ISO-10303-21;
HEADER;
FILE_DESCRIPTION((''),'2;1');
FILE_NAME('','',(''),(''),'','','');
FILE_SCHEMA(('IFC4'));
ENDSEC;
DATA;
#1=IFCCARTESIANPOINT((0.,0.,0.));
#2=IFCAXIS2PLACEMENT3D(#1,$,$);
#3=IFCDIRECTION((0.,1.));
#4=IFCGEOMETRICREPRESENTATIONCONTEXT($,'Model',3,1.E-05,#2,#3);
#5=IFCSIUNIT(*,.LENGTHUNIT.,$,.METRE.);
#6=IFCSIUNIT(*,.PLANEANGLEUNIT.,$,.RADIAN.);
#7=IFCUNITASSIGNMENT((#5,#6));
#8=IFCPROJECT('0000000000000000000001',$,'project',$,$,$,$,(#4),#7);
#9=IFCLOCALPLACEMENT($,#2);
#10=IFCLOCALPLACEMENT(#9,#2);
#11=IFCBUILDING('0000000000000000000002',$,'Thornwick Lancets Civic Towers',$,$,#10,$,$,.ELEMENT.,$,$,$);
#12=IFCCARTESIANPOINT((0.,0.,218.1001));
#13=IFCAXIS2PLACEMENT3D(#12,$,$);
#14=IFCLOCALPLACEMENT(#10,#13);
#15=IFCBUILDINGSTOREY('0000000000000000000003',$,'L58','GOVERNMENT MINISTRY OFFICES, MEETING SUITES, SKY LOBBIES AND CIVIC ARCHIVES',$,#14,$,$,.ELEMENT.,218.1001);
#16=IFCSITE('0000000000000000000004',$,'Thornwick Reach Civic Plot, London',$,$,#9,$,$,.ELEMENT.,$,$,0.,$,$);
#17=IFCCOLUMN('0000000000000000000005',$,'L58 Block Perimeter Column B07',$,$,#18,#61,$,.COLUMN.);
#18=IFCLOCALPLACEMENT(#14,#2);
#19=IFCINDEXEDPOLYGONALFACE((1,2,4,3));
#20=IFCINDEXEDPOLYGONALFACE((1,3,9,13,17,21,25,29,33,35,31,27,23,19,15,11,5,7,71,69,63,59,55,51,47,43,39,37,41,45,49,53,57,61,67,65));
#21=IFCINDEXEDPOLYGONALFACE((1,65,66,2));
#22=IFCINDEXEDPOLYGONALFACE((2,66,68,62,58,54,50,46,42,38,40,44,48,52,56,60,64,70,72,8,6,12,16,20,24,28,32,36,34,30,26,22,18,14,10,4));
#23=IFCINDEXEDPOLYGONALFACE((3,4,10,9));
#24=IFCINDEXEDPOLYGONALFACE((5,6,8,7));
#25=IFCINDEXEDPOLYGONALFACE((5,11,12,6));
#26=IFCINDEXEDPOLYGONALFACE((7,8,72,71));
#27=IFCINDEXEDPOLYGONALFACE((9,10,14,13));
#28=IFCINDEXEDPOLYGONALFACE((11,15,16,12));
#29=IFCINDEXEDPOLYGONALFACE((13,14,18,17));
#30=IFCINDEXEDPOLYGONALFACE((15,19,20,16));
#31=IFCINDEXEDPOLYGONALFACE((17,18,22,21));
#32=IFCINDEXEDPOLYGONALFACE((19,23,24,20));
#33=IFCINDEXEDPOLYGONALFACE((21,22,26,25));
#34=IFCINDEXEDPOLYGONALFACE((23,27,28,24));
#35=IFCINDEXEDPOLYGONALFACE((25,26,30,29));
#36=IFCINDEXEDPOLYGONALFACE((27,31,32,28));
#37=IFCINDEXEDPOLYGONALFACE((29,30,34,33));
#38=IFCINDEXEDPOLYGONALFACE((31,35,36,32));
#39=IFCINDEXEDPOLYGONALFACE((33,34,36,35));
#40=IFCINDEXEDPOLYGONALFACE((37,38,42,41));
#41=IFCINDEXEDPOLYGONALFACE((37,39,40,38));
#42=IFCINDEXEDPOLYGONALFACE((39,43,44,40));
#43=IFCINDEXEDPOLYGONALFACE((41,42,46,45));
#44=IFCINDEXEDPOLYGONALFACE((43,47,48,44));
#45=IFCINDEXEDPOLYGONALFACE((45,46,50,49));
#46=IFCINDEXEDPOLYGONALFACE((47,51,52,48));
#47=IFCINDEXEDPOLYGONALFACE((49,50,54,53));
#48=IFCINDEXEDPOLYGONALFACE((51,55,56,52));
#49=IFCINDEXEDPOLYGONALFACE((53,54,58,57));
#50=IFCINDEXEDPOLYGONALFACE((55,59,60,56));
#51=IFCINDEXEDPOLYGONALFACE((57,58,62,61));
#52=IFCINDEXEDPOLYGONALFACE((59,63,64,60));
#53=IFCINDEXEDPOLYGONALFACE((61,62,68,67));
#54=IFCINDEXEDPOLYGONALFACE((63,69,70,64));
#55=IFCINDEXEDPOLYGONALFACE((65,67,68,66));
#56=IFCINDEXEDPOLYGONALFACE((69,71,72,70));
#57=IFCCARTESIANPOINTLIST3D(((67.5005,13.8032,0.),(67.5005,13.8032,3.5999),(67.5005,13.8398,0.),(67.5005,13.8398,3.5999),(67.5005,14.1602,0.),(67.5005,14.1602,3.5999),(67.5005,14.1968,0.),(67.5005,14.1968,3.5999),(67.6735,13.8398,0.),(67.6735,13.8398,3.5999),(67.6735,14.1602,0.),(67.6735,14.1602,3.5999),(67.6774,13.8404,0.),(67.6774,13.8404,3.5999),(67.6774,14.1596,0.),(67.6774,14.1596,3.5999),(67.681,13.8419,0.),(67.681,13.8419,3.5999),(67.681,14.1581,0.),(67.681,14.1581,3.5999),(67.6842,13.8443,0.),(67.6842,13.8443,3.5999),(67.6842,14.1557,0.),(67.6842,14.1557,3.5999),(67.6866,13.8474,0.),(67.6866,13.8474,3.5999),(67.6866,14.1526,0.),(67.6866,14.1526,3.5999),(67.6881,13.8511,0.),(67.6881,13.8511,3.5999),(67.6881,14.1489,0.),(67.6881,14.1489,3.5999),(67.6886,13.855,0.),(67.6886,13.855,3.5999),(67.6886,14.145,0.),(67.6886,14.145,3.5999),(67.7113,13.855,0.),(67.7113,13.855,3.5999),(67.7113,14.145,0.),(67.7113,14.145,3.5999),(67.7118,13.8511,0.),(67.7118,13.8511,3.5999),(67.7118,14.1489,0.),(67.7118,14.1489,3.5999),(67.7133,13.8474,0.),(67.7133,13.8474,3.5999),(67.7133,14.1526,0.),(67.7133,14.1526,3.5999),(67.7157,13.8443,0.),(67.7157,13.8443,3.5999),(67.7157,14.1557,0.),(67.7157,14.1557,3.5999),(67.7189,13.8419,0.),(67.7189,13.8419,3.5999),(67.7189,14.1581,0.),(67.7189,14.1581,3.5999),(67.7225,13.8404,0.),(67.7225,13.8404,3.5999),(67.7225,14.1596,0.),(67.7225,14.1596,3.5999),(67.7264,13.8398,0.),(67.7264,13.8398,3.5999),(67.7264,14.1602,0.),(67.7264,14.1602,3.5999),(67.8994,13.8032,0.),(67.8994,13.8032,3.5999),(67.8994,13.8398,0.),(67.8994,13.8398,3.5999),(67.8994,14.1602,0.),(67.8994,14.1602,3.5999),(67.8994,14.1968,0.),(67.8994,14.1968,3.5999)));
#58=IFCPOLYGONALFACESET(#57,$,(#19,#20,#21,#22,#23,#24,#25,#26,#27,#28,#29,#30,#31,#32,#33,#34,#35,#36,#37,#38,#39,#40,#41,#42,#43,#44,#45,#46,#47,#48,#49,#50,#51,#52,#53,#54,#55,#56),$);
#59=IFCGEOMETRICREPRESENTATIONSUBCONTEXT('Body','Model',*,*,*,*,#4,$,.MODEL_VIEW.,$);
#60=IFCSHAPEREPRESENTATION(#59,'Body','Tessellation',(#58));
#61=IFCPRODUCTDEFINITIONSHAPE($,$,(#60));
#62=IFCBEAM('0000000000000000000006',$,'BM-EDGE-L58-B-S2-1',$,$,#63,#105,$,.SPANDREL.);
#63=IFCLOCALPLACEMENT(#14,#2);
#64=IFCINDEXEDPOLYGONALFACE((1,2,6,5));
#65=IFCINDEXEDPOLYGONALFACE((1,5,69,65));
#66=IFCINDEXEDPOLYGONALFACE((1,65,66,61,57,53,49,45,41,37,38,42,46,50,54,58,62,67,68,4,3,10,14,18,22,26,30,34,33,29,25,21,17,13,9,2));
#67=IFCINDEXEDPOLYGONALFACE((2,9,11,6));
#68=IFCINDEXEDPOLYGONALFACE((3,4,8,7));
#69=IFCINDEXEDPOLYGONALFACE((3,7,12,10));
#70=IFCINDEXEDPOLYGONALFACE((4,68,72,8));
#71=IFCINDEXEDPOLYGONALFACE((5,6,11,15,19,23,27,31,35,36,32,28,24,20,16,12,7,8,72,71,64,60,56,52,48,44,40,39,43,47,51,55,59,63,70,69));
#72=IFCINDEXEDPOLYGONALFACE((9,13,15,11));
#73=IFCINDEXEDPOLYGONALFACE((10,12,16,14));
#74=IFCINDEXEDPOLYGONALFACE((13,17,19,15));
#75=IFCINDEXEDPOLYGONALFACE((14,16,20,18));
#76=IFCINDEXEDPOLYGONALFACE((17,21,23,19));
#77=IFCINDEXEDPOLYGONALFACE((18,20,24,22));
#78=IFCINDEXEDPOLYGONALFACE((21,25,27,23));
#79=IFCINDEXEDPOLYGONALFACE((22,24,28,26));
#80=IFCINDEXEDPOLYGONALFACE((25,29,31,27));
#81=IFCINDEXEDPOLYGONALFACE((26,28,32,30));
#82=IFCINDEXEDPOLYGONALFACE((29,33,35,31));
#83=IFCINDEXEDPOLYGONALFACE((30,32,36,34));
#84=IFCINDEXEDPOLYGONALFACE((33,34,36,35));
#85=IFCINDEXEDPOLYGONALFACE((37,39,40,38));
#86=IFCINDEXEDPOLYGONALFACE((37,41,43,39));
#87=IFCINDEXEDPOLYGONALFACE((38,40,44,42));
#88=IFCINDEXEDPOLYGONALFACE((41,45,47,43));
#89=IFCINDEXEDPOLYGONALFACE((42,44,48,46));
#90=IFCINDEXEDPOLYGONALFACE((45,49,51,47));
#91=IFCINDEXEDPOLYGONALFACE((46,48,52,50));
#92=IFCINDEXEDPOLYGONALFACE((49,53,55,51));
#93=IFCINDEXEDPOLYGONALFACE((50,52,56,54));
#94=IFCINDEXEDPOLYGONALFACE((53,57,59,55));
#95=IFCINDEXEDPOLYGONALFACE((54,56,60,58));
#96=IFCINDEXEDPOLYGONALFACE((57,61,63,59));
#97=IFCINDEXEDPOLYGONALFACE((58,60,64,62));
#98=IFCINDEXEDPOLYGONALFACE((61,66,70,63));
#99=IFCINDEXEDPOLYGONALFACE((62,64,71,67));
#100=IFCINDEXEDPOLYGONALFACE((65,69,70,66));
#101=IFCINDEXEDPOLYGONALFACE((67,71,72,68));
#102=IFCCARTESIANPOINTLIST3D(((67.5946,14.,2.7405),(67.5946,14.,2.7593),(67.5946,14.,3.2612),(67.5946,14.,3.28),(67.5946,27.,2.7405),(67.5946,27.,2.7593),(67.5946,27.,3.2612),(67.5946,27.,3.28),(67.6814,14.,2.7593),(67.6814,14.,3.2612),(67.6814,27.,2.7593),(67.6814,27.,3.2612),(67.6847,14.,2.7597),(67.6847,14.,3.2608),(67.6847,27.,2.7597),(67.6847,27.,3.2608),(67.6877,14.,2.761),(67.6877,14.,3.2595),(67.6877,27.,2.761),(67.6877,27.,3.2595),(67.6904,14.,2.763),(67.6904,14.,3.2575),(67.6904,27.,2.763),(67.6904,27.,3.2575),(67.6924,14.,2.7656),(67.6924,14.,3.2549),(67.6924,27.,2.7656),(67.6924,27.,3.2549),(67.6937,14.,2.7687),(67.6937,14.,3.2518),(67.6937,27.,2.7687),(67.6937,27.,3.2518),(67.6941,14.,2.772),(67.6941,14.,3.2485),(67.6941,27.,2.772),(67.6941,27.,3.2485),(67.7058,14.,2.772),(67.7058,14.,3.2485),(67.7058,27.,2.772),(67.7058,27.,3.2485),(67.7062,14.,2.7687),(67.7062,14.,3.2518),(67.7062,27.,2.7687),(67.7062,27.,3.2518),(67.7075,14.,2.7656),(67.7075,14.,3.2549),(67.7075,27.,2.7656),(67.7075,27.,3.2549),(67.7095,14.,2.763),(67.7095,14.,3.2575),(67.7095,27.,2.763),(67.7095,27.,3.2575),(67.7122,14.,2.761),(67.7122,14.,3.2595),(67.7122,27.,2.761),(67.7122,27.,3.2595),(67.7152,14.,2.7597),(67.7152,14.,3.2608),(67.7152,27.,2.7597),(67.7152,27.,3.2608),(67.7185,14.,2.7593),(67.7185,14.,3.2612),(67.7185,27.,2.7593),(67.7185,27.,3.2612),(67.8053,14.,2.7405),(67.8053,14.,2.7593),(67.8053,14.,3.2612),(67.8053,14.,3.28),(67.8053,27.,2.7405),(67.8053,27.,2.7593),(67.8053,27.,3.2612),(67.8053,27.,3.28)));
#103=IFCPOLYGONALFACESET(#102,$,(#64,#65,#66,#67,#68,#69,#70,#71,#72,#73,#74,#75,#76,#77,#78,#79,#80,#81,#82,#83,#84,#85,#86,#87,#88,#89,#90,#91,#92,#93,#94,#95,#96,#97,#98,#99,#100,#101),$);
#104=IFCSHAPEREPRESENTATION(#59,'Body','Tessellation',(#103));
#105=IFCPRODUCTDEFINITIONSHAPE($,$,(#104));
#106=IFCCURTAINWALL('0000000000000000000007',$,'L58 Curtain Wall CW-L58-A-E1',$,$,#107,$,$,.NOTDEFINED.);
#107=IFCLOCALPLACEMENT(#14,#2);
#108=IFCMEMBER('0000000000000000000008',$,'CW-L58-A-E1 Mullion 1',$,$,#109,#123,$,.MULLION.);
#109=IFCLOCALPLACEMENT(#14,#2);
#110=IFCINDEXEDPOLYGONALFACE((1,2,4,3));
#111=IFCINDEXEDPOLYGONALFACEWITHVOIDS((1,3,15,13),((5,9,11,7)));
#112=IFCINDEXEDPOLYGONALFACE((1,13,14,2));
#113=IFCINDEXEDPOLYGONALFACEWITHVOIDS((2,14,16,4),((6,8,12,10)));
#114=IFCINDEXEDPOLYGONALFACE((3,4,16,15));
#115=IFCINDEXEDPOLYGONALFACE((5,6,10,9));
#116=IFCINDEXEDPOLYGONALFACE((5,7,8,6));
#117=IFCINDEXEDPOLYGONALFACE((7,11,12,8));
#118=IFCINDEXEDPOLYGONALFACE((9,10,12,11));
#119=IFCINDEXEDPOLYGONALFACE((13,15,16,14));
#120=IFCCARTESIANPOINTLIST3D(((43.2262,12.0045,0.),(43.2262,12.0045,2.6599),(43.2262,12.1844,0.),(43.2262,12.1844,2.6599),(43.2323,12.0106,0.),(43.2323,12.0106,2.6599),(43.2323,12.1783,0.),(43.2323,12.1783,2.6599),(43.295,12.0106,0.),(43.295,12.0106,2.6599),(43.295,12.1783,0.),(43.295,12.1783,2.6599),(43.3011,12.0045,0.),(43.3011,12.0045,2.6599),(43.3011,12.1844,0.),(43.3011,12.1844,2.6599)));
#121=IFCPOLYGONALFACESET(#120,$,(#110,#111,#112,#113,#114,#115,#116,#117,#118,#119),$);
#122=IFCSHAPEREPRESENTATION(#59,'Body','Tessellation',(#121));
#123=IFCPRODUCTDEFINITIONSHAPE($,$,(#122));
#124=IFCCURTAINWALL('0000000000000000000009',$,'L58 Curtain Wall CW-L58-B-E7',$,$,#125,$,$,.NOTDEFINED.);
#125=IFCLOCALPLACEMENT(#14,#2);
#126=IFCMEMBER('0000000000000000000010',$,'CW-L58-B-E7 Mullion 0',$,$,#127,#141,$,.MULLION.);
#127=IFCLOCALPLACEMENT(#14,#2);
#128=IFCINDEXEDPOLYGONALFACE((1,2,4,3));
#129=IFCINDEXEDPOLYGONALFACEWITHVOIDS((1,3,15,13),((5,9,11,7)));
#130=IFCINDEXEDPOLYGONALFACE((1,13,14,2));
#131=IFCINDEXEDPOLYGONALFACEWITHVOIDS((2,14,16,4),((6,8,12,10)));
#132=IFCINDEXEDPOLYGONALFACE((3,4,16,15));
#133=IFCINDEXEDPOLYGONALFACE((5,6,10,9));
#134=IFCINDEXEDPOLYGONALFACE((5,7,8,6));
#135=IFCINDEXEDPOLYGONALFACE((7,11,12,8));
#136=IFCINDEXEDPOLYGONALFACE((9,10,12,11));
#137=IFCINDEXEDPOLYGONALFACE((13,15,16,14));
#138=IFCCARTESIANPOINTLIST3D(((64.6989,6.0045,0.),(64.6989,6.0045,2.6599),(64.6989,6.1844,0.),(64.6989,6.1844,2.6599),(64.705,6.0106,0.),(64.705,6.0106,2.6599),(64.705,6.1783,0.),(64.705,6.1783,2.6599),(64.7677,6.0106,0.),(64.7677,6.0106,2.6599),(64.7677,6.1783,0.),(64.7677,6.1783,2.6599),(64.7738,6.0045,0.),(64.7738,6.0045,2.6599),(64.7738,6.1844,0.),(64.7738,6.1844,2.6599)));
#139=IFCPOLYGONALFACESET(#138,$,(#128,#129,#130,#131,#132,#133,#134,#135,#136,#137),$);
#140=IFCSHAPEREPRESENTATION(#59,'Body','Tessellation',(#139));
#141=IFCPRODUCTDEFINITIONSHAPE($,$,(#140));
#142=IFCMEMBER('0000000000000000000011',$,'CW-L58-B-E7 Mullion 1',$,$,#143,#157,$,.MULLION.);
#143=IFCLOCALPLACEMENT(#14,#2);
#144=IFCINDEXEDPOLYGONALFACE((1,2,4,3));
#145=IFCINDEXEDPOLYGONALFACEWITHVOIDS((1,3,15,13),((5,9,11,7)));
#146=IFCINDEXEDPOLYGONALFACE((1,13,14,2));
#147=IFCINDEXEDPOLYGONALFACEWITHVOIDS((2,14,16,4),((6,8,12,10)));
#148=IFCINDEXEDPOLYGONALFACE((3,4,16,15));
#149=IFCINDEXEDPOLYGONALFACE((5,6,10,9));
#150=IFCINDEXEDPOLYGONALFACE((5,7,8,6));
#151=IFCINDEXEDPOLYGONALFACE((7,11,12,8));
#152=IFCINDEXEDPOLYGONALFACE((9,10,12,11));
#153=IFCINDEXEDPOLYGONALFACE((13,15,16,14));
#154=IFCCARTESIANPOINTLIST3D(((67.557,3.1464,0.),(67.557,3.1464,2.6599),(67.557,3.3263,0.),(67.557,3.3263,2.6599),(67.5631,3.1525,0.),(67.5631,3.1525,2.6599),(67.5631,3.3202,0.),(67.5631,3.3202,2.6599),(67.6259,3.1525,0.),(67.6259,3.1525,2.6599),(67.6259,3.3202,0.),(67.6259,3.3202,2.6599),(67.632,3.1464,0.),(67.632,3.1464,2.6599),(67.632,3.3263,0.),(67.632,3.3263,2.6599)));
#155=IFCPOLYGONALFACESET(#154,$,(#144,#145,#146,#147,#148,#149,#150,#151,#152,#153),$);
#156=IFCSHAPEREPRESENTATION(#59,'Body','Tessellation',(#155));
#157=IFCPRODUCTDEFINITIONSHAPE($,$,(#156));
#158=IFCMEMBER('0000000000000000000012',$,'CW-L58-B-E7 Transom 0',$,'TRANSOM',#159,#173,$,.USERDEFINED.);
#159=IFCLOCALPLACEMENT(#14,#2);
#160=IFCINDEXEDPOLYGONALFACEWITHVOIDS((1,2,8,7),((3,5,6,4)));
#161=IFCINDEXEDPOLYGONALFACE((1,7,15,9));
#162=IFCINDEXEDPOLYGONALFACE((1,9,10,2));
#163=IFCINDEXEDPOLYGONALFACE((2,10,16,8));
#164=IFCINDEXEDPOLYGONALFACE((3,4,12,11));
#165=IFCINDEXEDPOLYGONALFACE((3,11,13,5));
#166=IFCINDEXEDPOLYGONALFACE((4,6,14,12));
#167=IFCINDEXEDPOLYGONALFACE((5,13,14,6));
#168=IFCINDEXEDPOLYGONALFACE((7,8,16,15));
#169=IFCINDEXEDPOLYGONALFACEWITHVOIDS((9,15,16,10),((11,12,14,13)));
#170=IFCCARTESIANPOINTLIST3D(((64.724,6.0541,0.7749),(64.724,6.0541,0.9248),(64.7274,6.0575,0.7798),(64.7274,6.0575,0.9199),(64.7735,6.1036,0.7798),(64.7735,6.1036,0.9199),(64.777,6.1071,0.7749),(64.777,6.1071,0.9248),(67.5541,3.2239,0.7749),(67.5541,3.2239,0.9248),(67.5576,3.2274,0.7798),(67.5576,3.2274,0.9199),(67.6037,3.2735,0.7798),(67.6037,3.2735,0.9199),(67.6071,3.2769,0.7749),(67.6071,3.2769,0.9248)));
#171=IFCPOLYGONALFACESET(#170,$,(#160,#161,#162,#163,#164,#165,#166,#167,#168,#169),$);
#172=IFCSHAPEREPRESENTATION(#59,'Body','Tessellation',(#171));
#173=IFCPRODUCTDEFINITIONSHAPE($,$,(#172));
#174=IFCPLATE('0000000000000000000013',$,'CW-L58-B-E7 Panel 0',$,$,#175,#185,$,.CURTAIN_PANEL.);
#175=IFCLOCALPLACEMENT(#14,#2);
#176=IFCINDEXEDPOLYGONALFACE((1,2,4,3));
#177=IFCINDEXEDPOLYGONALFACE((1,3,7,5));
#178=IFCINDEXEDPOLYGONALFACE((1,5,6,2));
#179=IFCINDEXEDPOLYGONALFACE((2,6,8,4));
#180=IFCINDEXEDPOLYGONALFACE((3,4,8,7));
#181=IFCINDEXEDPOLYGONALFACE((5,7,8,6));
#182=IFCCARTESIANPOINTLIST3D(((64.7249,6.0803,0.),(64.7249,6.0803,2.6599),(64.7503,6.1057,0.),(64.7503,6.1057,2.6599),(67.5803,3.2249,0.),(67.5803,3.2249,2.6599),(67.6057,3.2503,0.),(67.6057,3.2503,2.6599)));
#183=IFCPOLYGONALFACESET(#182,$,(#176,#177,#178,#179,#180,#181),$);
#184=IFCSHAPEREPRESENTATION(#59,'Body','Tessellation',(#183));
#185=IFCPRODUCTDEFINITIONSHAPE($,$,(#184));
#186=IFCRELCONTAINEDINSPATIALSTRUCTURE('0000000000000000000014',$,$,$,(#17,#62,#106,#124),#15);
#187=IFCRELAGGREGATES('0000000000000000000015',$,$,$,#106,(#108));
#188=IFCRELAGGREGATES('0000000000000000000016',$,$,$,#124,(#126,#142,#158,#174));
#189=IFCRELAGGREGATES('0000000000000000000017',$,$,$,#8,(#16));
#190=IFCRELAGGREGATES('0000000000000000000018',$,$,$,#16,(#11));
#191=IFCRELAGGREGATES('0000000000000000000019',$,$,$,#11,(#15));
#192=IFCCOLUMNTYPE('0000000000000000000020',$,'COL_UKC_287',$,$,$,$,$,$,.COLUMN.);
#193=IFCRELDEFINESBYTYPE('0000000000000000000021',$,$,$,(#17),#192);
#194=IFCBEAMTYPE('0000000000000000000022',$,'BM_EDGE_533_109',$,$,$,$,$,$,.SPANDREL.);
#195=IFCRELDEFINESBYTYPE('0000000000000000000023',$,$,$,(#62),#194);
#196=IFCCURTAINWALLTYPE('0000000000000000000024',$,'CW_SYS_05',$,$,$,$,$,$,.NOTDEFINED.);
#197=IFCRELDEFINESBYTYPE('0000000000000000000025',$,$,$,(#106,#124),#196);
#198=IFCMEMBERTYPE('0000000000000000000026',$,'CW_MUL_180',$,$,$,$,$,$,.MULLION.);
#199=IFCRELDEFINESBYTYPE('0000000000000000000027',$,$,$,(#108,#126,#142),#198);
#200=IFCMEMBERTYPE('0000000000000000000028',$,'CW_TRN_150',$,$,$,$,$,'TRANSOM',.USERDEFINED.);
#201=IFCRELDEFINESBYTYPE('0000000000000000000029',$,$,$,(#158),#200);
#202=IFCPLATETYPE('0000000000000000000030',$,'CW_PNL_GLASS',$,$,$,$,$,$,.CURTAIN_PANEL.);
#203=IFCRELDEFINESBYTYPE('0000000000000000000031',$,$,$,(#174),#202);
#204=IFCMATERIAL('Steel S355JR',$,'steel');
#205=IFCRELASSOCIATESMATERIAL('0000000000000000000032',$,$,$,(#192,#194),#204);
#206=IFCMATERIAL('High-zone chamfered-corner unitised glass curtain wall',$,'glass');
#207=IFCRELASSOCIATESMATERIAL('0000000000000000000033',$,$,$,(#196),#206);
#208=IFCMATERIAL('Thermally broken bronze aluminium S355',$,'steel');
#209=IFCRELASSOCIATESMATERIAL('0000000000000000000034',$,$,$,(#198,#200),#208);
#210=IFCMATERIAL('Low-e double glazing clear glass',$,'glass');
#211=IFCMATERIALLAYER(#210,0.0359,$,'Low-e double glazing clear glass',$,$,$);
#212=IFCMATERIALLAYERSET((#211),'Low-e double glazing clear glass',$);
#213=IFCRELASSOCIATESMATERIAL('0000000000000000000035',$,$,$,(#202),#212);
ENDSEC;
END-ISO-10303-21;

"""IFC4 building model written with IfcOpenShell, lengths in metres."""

from ifc_helpers import new_model, si_unit, direction, frame, origin, origin_2d, place, context, subcontext, project, spatial, rectangle, hollow_rectangle, i_section, extrude, material, layer, layer_set, material_profile, profile_set, type_object, element, aggregate, save


model = new_model("IFC4")

# Units and contexts
model_context = context("Model", 3, precision=1e-05, world=origin(), true_north=direction((0.0, 1.0)))
body_context = subcontext(model_context, "Body", "Model", "MODEL_VIEW")
ifc_project = project(units=[si_unit("LENGTHUNIT", "METRE"), si_unit("PLANEANGLEUNIT", "RADIAN")], contexts=[model_context])

# Site, building, storey
site_placement = place(None, origin())
site = spatial("IfcSite", under=ifc_project, at=site_placement, Name="Thornwick Reach Civic Plot, London", CompositionType="ELEMENT", RefElevation=0.0)
building_placement = place(site_placement, origin())
building = spatial("IfcBuilding", under=site, at=building_placement, Name="Thornwick Lancets Civic Towers", CompositionType="ELEMENT")
storey_placement = place(building_placement, frame((0.0, 0.0, 218.1001)))
storey = spatial("IfcBuildingStorey", under=building, at=storey_placement, Name="L58", Description="GOVERNMENT MINISTRY OFFICES, MEETING SUITES, SKY LOBBIES AND CIVIC ARCHIVES", CompositionType="ELEMENT", Elevation=218.1001)

# Column
ifc_material_1 = material(Name="Steel S355JR", Category="steel")
ifc_material_profile_1 = material_profile(ifc_material_1, i_section(OverallWidth=0.3989, OverallDepth=0.3936, WebThickness=0.0227, FlangeThickness=0.0366, FilletRadius=0.0151, at=origin_2d()), Name="UKC 356x406x287")
ifc_profile_set_1 = profile_set([ifc_material_profile_1], Name="Steel S355JR")
column_type = type_object("IfcColumnType", Name="COL_UKC_287", PredefinedType="COLUMN", material=ifc_profile_set_1)
column_placement = place(storey_placement, frame((67.7, 14.0, 0.0), z_axis=(0.0, 0.0, 1.0), x_axis=(1.0, 0.0, 0.0)))
element("IfcColumn", 1, at=column_placement, inside=storey, type_object=column_type, Name="L58 Block Perimeter Column B07", PredefinedType="COLUMN", context=body_context, shape_type="SweptSolid", body=[
    extrude(i_section(OverallWidth=0.3989, OverallDepth=0.3936, WebThickness=0.0227, FlangeThickness=0.0366, FilletRadius=0.0151, at=origin_2d()), origin(), (0.0, 0.0, 1.0), 3.5999),
])

# Beam
ifc_material_profile_2 = material_profile(ifc_material_1, i_section(OverallWidth=0.2107, OverallDepth=0.5396, WebThickness=0.0117, FlangeThickness=0.0188, FilletRadius=0.0127, at=origin_2d()), Name="UKB 533x210x109")
ifc_profile_set_2 = profile_set([ifc_material_profile_2], Name="Steel S355JR")
beam_type = type_object("IfcBeamType", Name="BM_EDGE_533_109", PredefinedType="SPANDREL", material=ifc_profile_set_2)
beam_placement = place(storey_placement, frame((67.7, 14.0, 3.0103), z_axis=(0.0, 1.0, 0.0), x_axis=(-1.0, 0.0, 0.0)))
element("IfcBeam", 2, at=beam_placement, inside=storey, type_object=beam_type, Name="BM-EDGE-L58-B-S2-1", PredefinedType="SPANDREL", context=body_context, shape_type="SweptSolid", body=[
    extrude(i_section(OverallWidth=0.2107, OverallDepth=0.5396, WebThickness=0.0117, FlangeThickness=0.0188, FilletRadius=0.0127, at=origin_2d()), origin(), (0.0, 0.0, 1.0), 13.0),
])

# Curtain wall, member
ifc_material_2 = material(Name="High-zone chamfered-corner unitised glass curtain wall", Category="glass")
curtain_wall_type = type_object("IfcCurtainWallType", Name="CW_SYS_05", PredefinedType="NOTDEFINED", material=ifc_material_2)
curtain_wall_1_placement = place(storey_placement, origin())
curtain_wall_1 = element("IfcCurtainWall", 3, at=curtain_wall_1_placement, inside=storey, type_object=curtain_wall_type, Name="L58 Curtain Wall CW-L58-A-E1", PredefinedType="NOTDEFINED")
ifc_material_3 = material(Name="Thermally broken bronze aluminium S355", Category="steel")
ifc_material_profile_3 = material_profile(ifc_material_3, hollow_rectangle(XDim=0.075, YDim=0.1799, WallThickness=0.0061, at=origin_2d()), Name="RHS 180x75x6")
ifc_profile_set_3 = profile_set([ifc_material_profile_3], Name="Thermally broken bronze aluminium S355")
member_type_1 = type_object("IfcMemberType", Name="CW_MUL_180", PredefinedType="MULLION", material=ifc_profile_set_3)
member_1_placement = place(storey_placement, frame((43.2637, 12.0945, 0.0), z_axis=(0.0, 0.0, 1.0), x_axis=(1.0, 0.0, 0.0)))
member_1 = element("IfcMember", 4, at=member_1_placement, type_object=member_type_1, Name="CW-L58-A-E1 Mullion 1", PredefinedType="MULLION", context=body_context, shape_type="SweptSolid", body=[
    extrude(hollow_rectangle(XDim=0.075, YDim=0.1799, WallThickness=0.0061, at=origin_2d()), origin(), (0.0, 0.0, 1.0), 2.6599),
])
aggregate(curtain_wall_1, [member_1])

# Curtain wall, members, plate
curtain_wall_2_placement = place(storey_placement, origin())
curtain_wall_2 = element("IfcCurtainWall", 5, at=curtain_wall_2_placement, inside=storey, type_object=curtain_wall_type, Name="L58 Curtain Wall CW-L58-B-E7", PredefinedType="NOTDEFINED")
member_2_placement = place(storey_placement, frame((64.7363, 6.0945, 0.0), z_axis=(0.0, 0.0, 1.0), x_axis=(1.0, 0.0, 0.0)))
member_2 = element("IfcMember", 6, at=member_2_placement, type_object=member_type_1, Name="CW-L58-B-E7 Mullion 0", PredefinedType="MULLION", context=body_context, shape_type="SweptSolid", body=[
    extrude(hollow_rectangle(XDim=0.075, YDim=0.1799, WallThickness=0.0061, at=origin_2d()), origin(), (0.0, 0.0, 1.0), 2.6599),
])
member_3_placement = place(storey_placement, frame((67.5945, 3.2363, 0.0), z_axis=(0.0, 0.0, 1.0), x_axis=(1.0, 0.0, 0.0)))
member_3 = element("IfcMember", 7, at=member_3_placement, type_object=member_type_1, Name="CW-L58-B-E7 Mullion 1", PredefinedType="MULLION", context=body_context, shape_type="SweptSolid", body=[
    extrude(hollow_rectangle(XDim=0.075, YDim=0.1799, WallThickness=0.0061, at=origin_2d()), origin(), (0.0, 0.0, 1.0), 2.6599),
])
ifc_material_profile_4 = material_profile(ifc_material_3, hollow_rectangle(XDim=0.075, YDim=0.1499, WallThickness=0.0049, at=origin_2d()), Name="RHS 150x75x5")
ifc_profile_set_4 = profile_set([ifc_material_profile_4], Name="Thermally broken bronze aluminium S355")
member_type_2 = type_object("IfcMemberType", Name="CW_TRN_150", ElementType="TRANSOM", PredefinedType="USERDEFINED", material=ifc_profile_set_4)
member_4_placement = place(storey_placement, frame((64.7505, 6.0806, 0.8499), z_axis=(0.707107, -0.707107, 0.0), x_axis=(0.707107, 0.707107, 0.0)))
member_4 = element("IfcMember", 8, at=member_4_placement, type_object=member_type_2, Name="CW-L58-B-E7 Transom 0", ObjectType="TRANSOM", PredefinedType="USERDEFINED", context=body_context, shape_type="SweptSolid", body=[
    extrude(hollow_rectangle(XDim=0.075, YDim=0.1499, WallThickness=0.0049, at=origin_2d()), origin(), (0.0, 0.0, 1.0), 4.0024),
])
ifc_material_4 = material(Name="Low-e double glazing clear glass", Category="glass")
ifc_layer_1 = layer(ifc_material_4, 0.0359, Name="Low-e double glazing clear glass")
ifc_layer_set_1 = layer_set([ifc_layer_1], Name="Low-e double glazing clear glass")
plate_type = type_object("IfcPlateType", Name="CW_PNL_GLASS", PredefinedType="CURTAIN_PANEL", material=ifc_layer_set_1)
plate_placement = place(storey_placement, frame((66.1653, 4.6653, 0.0), z_axis=(0.0, 0.0, 1.0), x_axis=(0.707107, -0.707107, 0.0)))
plate = element("IfcPlate", 9, at=plate_placement, type_object=plate_type, Name="CW-L58-B-E7 Panel 0", PredefinedType="CURTAIN_PANEL", context=body_context, shape_type="SweptSolid", body=[
    extrude(rectangle(XDim=4.0381, YDim=0.0359, at=origin_2d()), origin(), (0.0, 0.0, 1.0), 2.6599),
])
aggregate(curtain_wall_2, [member_2, member_3, member_4, plate])

save(model, "model.ifc")
